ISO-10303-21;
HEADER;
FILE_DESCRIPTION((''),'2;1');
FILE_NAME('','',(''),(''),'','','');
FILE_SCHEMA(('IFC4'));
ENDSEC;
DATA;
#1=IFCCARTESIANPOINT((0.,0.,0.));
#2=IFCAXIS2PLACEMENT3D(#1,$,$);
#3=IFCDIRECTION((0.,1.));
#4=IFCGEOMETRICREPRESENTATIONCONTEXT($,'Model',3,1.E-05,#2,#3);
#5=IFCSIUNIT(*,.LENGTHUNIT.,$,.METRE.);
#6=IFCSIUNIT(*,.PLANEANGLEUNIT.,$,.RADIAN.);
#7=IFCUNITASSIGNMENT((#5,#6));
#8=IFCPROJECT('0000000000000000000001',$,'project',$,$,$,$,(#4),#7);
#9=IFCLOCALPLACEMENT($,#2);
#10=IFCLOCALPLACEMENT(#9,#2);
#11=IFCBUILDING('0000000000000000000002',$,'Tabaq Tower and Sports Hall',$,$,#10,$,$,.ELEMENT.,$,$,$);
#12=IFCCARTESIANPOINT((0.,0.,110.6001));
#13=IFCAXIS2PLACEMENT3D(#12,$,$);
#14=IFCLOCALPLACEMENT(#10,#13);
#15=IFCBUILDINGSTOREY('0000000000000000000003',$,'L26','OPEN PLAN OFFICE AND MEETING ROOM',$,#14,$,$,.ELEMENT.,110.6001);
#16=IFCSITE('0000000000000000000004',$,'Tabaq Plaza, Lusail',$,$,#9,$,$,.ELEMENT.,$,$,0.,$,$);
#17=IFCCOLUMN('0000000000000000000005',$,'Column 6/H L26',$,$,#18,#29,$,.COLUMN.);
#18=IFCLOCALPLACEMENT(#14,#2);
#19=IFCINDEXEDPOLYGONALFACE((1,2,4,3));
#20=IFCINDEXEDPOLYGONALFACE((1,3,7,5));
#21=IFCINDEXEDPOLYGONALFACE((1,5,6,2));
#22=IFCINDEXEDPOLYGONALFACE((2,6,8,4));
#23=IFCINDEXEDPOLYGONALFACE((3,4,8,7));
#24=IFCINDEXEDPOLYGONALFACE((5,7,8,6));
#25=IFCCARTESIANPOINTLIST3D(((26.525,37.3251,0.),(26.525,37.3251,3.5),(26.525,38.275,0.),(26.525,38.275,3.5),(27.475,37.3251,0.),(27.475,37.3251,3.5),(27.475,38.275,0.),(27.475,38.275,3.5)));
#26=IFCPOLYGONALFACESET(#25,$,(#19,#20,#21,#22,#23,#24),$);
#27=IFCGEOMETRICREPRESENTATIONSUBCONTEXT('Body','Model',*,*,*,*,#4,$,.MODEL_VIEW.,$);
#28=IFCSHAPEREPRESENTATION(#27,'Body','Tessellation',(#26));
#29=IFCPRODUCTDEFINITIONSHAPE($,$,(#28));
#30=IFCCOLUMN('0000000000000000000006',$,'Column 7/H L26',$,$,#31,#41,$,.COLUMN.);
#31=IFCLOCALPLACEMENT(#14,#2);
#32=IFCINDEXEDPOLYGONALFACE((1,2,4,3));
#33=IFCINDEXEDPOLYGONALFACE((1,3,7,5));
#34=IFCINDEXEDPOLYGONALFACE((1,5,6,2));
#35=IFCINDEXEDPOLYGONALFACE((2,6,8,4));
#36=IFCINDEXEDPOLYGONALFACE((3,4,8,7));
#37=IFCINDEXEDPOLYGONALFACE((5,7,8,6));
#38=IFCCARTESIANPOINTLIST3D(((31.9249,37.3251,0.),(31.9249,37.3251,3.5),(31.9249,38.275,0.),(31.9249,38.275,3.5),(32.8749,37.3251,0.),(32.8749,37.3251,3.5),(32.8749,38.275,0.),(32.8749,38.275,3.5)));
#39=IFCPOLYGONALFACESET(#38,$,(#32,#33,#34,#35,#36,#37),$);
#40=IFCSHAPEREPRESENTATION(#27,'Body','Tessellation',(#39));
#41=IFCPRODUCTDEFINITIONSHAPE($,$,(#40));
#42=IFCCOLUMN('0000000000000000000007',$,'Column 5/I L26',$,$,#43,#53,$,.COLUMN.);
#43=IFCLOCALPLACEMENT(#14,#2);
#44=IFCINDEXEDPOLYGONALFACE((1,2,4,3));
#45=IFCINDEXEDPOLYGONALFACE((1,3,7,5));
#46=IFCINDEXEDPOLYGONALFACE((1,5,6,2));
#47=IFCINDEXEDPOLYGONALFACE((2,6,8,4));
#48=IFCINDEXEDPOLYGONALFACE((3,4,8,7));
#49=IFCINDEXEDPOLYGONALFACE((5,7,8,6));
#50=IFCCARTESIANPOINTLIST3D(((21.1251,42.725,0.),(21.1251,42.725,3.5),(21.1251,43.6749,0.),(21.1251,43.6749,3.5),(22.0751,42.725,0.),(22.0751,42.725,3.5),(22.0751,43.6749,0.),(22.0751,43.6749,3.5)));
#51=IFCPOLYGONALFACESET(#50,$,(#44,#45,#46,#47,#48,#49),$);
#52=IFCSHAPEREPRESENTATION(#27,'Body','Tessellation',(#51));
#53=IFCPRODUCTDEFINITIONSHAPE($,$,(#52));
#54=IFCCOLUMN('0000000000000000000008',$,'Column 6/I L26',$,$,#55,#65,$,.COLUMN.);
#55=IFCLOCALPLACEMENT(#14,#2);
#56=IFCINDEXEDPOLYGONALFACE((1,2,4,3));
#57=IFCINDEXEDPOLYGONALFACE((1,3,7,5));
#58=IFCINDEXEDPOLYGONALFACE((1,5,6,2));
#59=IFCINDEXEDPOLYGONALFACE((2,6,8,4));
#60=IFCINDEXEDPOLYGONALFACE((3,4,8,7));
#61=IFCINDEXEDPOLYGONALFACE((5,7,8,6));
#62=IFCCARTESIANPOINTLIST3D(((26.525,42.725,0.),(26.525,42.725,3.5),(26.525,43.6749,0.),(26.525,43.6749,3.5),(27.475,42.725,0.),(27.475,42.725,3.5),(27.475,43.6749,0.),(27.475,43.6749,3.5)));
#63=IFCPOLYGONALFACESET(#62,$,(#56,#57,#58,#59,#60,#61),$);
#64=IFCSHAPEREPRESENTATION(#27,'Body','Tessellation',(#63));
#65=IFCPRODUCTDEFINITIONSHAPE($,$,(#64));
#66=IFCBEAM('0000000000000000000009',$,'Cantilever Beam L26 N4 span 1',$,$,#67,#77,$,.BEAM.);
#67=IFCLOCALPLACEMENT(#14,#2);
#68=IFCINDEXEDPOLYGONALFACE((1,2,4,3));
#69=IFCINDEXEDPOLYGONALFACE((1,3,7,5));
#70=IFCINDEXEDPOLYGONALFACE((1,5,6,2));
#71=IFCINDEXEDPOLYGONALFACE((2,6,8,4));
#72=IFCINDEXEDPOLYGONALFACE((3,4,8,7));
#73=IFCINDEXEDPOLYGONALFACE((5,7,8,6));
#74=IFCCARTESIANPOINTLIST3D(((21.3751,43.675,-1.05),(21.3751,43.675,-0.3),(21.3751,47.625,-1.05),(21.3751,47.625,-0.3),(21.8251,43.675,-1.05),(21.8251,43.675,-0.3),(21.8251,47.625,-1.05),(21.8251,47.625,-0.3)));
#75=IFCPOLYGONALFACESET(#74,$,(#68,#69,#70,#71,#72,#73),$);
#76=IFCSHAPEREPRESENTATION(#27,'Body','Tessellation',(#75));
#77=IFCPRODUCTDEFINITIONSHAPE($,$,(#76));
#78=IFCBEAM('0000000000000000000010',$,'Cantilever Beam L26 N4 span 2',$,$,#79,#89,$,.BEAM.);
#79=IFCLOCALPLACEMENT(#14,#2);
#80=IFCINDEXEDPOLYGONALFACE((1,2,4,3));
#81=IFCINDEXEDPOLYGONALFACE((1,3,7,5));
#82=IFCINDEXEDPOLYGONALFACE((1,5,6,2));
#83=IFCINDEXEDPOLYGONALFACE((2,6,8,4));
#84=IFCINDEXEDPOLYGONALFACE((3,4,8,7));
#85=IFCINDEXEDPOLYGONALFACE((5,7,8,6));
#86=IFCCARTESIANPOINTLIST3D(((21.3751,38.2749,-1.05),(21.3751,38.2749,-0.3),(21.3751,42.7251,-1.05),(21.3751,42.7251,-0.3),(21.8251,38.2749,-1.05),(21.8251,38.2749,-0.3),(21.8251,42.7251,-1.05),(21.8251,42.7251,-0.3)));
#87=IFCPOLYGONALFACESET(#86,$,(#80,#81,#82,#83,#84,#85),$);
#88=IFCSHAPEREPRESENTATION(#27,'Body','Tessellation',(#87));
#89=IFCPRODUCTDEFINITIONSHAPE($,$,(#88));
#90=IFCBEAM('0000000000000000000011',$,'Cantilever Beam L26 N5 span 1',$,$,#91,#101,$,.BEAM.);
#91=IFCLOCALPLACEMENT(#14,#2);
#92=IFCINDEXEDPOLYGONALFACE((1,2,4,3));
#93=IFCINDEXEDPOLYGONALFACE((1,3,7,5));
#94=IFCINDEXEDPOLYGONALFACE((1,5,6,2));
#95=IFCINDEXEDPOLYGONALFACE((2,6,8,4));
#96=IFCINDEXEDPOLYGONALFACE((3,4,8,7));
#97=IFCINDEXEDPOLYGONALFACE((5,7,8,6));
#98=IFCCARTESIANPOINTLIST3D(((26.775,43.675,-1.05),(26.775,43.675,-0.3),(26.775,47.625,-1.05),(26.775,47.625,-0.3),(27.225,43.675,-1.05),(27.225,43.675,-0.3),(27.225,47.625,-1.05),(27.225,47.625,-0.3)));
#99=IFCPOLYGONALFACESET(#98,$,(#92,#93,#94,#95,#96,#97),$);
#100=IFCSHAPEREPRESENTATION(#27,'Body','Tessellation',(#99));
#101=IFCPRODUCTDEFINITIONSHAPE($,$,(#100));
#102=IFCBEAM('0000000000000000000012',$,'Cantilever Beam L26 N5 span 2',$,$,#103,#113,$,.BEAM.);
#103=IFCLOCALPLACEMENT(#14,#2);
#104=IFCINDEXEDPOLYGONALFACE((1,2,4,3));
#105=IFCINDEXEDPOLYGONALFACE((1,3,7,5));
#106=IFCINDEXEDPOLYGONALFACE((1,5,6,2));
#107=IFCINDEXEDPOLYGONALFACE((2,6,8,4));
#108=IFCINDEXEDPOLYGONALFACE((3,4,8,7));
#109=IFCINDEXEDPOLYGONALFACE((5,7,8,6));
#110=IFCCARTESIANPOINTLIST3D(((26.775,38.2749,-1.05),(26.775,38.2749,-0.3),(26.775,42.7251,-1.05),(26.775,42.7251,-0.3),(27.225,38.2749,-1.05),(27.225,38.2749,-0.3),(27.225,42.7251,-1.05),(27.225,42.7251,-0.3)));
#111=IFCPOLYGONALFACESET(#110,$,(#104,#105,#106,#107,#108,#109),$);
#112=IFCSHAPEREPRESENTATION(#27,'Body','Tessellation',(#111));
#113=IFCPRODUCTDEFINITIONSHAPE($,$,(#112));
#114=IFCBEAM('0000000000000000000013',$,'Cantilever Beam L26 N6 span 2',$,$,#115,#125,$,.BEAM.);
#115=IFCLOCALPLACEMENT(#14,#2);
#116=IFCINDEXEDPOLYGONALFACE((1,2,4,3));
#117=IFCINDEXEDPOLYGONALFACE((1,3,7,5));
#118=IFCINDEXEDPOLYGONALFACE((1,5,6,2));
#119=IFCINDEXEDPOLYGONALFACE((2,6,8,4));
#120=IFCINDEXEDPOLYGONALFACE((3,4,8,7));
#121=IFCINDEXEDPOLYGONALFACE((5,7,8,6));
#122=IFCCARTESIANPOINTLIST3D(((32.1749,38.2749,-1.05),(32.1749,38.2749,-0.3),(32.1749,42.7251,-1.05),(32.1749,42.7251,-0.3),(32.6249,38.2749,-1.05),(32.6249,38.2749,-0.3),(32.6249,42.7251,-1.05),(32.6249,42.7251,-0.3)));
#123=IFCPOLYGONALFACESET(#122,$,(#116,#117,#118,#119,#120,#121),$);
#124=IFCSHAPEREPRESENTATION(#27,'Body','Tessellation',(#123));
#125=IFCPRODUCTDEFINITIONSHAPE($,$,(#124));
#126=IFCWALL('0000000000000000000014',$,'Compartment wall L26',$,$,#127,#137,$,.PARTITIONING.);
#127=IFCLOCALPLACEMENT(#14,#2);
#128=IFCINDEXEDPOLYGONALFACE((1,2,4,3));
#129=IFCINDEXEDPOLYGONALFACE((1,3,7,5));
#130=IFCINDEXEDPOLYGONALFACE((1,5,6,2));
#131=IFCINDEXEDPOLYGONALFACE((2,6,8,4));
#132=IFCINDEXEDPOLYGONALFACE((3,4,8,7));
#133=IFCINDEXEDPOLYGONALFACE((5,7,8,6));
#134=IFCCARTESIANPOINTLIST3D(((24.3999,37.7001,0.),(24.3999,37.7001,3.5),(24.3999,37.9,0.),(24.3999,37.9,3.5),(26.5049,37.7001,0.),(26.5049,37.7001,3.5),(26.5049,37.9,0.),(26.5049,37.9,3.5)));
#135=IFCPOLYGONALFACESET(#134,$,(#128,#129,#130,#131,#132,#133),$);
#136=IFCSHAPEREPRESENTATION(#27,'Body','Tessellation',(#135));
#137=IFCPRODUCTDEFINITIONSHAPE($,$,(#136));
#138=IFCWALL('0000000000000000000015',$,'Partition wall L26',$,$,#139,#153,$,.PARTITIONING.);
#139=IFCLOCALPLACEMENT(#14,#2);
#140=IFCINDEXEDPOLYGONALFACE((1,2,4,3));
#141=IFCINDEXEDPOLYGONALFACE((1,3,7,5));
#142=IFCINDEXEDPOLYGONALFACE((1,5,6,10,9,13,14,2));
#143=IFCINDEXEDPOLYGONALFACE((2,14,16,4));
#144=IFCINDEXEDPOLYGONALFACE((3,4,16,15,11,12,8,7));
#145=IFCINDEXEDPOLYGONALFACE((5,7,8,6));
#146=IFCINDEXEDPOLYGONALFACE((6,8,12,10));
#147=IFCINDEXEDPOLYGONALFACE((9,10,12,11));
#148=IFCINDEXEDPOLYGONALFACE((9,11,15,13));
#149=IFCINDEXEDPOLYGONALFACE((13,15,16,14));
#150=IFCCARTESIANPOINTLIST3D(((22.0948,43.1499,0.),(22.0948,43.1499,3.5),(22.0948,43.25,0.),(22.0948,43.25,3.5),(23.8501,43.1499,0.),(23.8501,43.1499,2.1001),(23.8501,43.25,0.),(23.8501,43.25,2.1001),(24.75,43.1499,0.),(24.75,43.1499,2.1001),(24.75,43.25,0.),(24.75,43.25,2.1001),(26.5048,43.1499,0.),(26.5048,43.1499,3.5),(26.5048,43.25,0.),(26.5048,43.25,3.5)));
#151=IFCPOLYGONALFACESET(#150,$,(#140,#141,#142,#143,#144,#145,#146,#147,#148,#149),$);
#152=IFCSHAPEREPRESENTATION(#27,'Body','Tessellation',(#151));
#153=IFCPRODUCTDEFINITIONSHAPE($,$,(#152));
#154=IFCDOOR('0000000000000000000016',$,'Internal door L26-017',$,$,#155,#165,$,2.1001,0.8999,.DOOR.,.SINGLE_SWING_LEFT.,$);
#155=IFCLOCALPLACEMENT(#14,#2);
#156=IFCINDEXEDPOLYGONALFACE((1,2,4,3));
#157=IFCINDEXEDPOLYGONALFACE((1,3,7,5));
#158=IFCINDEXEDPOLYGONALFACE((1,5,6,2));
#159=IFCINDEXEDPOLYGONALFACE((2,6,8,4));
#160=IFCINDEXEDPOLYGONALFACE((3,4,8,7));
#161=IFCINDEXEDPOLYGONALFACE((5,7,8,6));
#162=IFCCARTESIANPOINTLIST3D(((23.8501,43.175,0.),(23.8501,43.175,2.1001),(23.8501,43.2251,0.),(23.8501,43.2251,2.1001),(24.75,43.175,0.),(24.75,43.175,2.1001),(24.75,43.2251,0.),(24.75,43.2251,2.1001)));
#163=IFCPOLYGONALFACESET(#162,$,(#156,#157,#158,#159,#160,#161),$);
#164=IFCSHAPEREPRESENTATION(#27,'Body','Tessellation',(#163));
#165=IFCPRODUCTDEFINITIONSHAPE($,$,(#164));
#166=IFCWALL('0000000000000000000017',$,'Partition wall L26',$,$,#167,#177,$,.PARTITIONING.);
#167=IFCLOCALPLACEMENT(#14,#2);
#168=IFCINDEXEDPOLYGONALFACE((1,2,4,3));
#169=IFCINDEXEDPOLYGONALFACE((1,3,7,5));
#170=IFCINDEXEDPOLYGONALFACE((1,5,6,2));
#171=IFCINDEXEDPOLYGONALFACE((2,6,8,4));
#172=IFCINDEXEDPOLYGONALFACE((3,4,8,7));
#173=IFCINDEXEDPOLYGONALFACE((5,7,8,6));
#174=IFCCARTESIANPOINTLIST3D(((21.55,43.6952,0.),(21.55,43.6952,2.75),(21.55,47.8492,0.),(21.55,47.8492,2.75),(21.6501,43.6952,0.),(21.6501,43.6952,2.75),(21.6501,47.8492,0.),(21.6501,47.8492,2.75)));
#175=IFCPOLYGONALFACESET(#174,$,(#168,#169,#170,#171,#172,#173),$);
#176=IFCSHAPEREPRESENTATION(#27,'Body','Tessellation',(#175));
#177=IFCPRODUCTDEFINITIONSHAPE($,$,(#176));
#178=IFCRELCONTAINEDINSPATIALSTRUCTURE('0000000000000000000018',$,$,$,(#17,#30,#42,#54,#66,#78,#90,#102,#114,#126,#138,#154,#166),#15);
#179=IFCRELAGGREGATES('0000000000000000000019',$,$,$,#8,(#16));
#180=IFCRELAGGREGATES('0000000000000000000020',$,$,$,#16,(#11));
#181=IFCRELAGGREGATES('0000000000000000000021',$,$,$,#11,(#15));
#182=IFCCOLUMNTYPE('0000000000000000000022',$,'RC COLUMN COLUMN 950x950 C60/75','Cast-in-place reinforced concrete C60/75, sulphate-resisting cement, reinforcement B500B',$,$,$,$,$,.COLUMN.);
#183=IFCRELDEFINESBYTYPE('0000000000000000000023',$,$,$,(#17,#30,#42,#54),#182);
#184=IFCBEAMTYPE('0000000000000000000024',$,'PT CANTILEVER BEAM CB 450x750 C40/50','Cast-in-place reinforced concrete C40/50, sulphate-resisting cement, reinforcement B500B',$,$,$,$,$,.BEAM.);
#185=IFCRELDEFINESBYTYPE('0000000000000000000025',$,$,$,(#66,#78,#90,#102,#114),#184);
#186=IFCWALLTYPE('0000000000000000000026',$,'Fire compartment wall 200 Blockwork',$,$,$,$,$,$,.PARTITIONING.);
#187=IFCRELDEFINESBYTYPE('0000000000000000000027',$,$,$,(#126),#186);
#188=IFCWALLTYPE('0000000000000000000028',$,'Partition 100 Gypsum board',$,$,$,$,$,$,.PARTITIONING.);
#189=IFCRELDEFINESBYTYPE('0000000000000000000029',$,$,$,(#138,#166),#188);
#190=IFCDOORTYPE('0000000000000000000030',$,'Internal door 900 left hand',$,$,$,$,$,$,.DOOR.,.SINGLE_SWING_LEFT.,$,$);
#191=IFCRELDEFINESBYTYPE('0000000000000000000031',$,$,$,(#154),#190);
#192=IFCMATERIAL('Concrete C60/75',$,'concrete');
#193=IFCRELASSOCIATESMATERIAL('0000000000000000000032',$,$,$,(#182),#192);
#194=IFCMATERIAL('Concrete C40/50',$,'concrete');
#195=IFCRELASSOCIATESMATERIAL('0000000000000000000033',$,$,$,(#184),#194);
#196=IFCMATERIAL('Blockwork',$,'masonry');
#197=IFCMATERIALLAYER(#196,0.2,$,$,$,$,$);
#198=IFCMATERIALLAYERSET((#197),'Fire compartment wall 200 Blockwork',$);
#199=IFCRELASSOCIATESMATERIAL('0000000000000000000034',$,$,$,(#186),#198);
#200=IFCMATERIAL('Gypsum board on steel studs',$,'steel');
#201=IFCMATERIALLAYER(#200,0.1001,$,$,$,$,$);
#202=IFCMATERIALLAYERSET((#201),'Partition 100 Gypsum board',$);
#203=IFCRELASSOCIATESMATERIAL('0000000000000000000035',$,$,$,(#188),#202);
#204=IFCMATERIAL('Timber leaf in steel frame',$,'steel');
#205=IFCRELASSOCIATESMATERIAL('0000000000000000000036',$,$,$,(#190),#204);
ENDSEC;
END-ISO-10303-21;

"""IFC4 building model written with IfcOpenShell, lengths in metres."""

from ifc_helpers import new_model, si_unit, direction, frame, frame_2d, origin, origin_2d, place, context, subcontext, project, spatial, rectangle, extrude, material, layer, layer_set, material_profile, profile_set, type_object, element, fill, save


model = new_model("IFC4")

# Units and contexts
model_context = context("Model", 3, precision=1e-05, world=origin(), true_north=direction((0.0, 1.0)))
body_context = subcontext(model_context, "Body", "Model", "MODEL_VIEW")
ifc_project = project(units=[si_unit("LENGTHUNIT", "METRE"), si_unit("PLANEANGLEUNIT", "RADIAN")], contexts=[model_context])

# Site, building, storey
site_placement = place(None, origin())
site = spatial("IfcSite", under=ifc_project, at=site_placement, Name="Tabaq Plaza, Lusail", CompositionType="ELEMENT", RefElevation=0.0)
building_placement = place(site_placement, origin())
building = spatial("IfcBuilding", under=site, at=building_placement, Name="Tabaq Tower and Sports Hall", CompositionType="ELEMENT")
storey_placement = place(building_placement, frame((0.0, 0.0, 110.6001)))
storey = spatial("IfcBuildingStorey", under=building, at=storey_placement, Name="L26", Description="OPEN PLAN OFFICE AND MEETING ROOM", CompositionType="ELEMENT", Elevation=110.6001)

# Columns
ifc_material_1 = material(Name="Concrete C60/75", Category="concrete")
ifc_material_profile_1 = material_profile(ifc_material_1, rectangle(XDim=0.95, YDim=0.95, at=origin_2d()), Name="COLUMN 950x950")
ifc_profile_set_1 = profile_set([ifc_material_profile_1], Name="Concrete C60/75")
column_type = type_object("IfcColumnType", Name="RC COLUMN COLUMN 950x950 C60/75", Description="Cast-in-place reinforced concrete C60/75, sulphate-resisting cement, reinforcement B500B", PredefinedType="COLUMN", material=ifc_profile_set_1)
for number, where, z_axis, x_axis, name in (
    (1, (27.0, 37.8, 0.0), (0.0, 0.0, 1.0), (1.0, 0.0, 0.0), "Column 6/H L26"),
    (2, (32.3999, 37.8, 0.0), (0.0, 0.0, 1.0), (1.0, 0.0, 0.0), "Column 7/H L26"),
    (3, (21.6001, 43.2, 0.0), (0.0, 0.0, 1.0), (1.0, 0.0, 0.0), "Column 5/I L26"),
    (4, (27.0, 43.2, 0.0), (0.0, 0.0, 1.0), (1.0, 0.0, 0.0), "Column 6/I L26"),
):
    element("IfcColumn", number, at=place(storey_placement, frame(where, z_axis=z_axis, x_axis=x_axis)), inside=storey, type_object=column_type, Name=name, PredefinedType="COLUMN", context=body_context, shape_type="SweptSolid", body=[
        extrude(rectangle(XDim=0.95, YDim=0.95, at=origin_2d()), origin(), (0.0, 0.0, 1.0), 3.5),
    ])

# Beams
ifc_material_2 = material(Name="Concrete C40/50", Category="concrete")
ifc_material_profile_2 = material_profile(ifc_material_2, rectangle(XDim=0.45, YDim=0.75, at=origin_2d()), Name="CB 450x750")
ifc_profile_set_2 = profile_set([ifc_material_profile_2], Name="Concrete C40/50")
beam_type = type_object("IfcBeamType", Name="PT CANTILEVER BEAM CB 450x750 C40/50", Description="Cast-in-place reinforced concrete C40/50, sulphate-resisting cement, reinforcement B500B", PredefinedType="BEAM", material=ifc_profile_set_2)
beam_1_placement = place(storey_placement, frame((21.6001, 47.625, -0.675), z_axis=(0.0, -1.0, 0.0), x_axis=(1.0, 0.0, 0.0)))
element("IfcBeam", 5, at=beam_1_placement, inside=storey, type_object=beam_type, Name="Cantilever Beam L26 N4 span 1", PredefinedType="BEAM", context=body_context, shape_type="SweptSolid", body=[
    extrude(rectangle(XDim=0.45, YDim=0.75, at=origin_2d()), origin(), (0.0, 0.0, 1.0), 3.95),
])
beam_2_placement = place(storey_placement, frame((21.6001, 42.7251, -0.675), z_axis=(0.0, -1.0, 0.0), x_axis=(1.0, 0.0, 0.0)))
element("IfcBeam", 6, at=beam_2_placement, inside=storey, type_object=beam_type, Name="Cantilever Beam L26 N4 span 2", PredefinedType="BEAM", context=body_context, shape_type="SweptSolid", body=[
    extrude(rectangle(XDim=0.45, YDim=0.75, at=origin_2d()), origin(), (0.0, 0.0, 1.0), 4.4502),
])
beam_3_placement = place(storey_placement, frame((27.0, 47.625, -0.675), z_axis=(0.0, -1.0, 0.0), x_axis=(1.0, 0.0, 0.0)))
element("IfcBeam", 7, at=beam_3_placement, inside=storey, type_object=beam_type, Name="Cantilever Beam L26 N5 span 1", PredefinedType="BEAM", context=body_context, shape_type="SweptSolid", body=[
    extrude(rectangle(XDim=0.45, YDim=0.75, at=origin_2d()), origin(), (0.0, 0.0, 1.0), 3.95),
])
for number, where, z_axis, x_axis, name in (
    (8, (27.0, 42.7251, -0.675), (0.0, -1.0, 0.0), (1.0, 0.0, 0.0), "Cantilever Beam L26 N5 span 2"),
    (9, (32.3999, 42.7251, -0.675), (0.0, -1.0, 0.0), (1.0, 0.0, 0.0), "Cantilever Beam L26 N6 span 2"),
):
    element("IfcBeam", number, at=place(storey_placement, frame(where, z_axis=z_axis, x_axis=x_axis)), inside=storey, type_object=beam_type, Name=name, PredefinedType="BEAM", context=body_context, shape_type="SweptSolid", body=[
        extrude(rectangle(XDim=0.45, YDim=0.75, at=origin_2d()), origin(), (0.0, 0.0, 1.0), 4.4502),
    ])

# Wall
ifc_material_3 = material(Name="Blockwork", Category="masonry")
ifc_layer_1 = layer(ifc_material_3, 0.2)
ifc_layer_set_1 = layer_set([ifc_layer_1], Name="Fire compartment wall 200 Blockwork")
wall_type_1 = type_object("IfcWallType", Name="Fire compartment wall 200 Blockwork", PredefinedType="PARTITIONING", material=ifc_layer_set_1)
wall_1_placement = place(storey_placement, frame((26.5049, 37.8, 0.0), z_axis=(0.0, 0.0, 1.0), x_axis=(-1.0, 0.0, 0.0)))
element("IfcWall", 10, at=wall_1_placement, inside=storey, type_object=wall_type_1, Name="Compartment wall L26", PredefinedType="PARTITIONING", context=body_context, shape_type="SweptSolid", body=[
    extrude(rectangle(XDim=2.105, YDim=0.2, at=frame_2d((1.0525, 0.0))), origin(), (0.0, 0.0, 1.0), 3.5),
])

# Wall, opening, door
ifc_material_4 = material(Name="Gypsum board on steel studs", Category="steel")
ifc_layer_2 = layer(ifc_material_4, 0.1001)
ifc_layer_set_2 = layer_set([ifc_layer_2], Name="Partition 100 Gypsum board")
wall_type_2 = type_object("IfcWallType", Name="Partition 100 Gypsum board", PredefinedType="PARTITIONING", material=ifc_layer_set_2)
wall_2_placement = place(storey_placement, frame((26.5049, 43.2, 0.0), z_axis=(0.0, 0.0, 1.0), x_axis=(-1.0, 0.0, 0.0)))
wall_2 = element("IfcWall", 11, at=wall_2_placement, inside=storey, type_object=wall_type_2, Name="Partition wall L26", PredefinedType="PARTITIONING", context=body_context, shape_type="SweptSolid", body=[
    extrude(rectangle(XDim=4.4099, YDim=0.1001, at=frame_2d((2.2051, 0.0))), origin(), (0.0, 0.0, 1.0), 3.5),
])
opening_1_placement = place(wall_2_placement, frame((1.7549, 0.0, 0.0)))
opening_1 = element("IfcOpeningElement", 12, at=opening_1_placement, cuts=wall_2, PredefinedType="OPENING", context=body_context, shape_type="SweptSolid", body=[
    extrude(rectangle(XDim=0.8999, YDim=2.1001, at=frame_2d((0.45, 1.05))), frame((0.0, 0.05, 0.0), z_axis=(0.0, -1.0, 0.0), x_axis=(1.0, 0.0, 0.0)), (0.0, 0.0, 1.0), 0.1001),
])
ifc_material_5 = material(Name="Timber leaf in steel frame", Category="steel")
door_type = type_object("IfcDoorType", Name="Internal door 900 left hand", OperationType="SINGLE_SWING_LEFT", PredefinedType="DOOR", material=ifc_material_5)
door_1_placement = place(opening_1_placement, origin())
door_1 = element("IfcDoor", 13, at=door_1_placement, inside=storey, type_object=door_type, Name="Internal door L26-017", OperationType="SINGLE_SWING_LEFT", OverallHeight=2.1001, OverallWidth=0.8999, PredefinedType="DOOR", context=body_context, shape_type="SweptSolid", body=[
    extrude(rectangle(XDim=0.8999, YDim=2.1001, at=frame_2d((0.45, 1.05))), frame((0.0, 0.0249, 0.0), z_axis=(0.0, -1.0, 0.0), x_axis=(1.0, 0.0, 0.0)), (0.0, 0.0, 1.0), 0.05),
])
fill(opening_1, door_1)

# Wall
wall_3_placement = place(storey_placement, frame((21.6001, 43.6951, 0.0), z_axis=(0.0, 0.0, 1.0), x_axis=(0.0, 1.0, 0.0)))
element("IfcWall", 14, at=wall_3_placement, inside=storey, type_object=wall_type_2, Name="Partition wall L26", PredefinedType="PARTITIONING", context=body_context, shape_type="SweptSolid", body=[
    extrude(rectangle(XDim=4.1541, YDim=0.1001, at=frame_2d((2.0771, 0.0))), origin(), (0.0, 0.0, 1.0), 2.75),
])

save(model, "model.ifc")
